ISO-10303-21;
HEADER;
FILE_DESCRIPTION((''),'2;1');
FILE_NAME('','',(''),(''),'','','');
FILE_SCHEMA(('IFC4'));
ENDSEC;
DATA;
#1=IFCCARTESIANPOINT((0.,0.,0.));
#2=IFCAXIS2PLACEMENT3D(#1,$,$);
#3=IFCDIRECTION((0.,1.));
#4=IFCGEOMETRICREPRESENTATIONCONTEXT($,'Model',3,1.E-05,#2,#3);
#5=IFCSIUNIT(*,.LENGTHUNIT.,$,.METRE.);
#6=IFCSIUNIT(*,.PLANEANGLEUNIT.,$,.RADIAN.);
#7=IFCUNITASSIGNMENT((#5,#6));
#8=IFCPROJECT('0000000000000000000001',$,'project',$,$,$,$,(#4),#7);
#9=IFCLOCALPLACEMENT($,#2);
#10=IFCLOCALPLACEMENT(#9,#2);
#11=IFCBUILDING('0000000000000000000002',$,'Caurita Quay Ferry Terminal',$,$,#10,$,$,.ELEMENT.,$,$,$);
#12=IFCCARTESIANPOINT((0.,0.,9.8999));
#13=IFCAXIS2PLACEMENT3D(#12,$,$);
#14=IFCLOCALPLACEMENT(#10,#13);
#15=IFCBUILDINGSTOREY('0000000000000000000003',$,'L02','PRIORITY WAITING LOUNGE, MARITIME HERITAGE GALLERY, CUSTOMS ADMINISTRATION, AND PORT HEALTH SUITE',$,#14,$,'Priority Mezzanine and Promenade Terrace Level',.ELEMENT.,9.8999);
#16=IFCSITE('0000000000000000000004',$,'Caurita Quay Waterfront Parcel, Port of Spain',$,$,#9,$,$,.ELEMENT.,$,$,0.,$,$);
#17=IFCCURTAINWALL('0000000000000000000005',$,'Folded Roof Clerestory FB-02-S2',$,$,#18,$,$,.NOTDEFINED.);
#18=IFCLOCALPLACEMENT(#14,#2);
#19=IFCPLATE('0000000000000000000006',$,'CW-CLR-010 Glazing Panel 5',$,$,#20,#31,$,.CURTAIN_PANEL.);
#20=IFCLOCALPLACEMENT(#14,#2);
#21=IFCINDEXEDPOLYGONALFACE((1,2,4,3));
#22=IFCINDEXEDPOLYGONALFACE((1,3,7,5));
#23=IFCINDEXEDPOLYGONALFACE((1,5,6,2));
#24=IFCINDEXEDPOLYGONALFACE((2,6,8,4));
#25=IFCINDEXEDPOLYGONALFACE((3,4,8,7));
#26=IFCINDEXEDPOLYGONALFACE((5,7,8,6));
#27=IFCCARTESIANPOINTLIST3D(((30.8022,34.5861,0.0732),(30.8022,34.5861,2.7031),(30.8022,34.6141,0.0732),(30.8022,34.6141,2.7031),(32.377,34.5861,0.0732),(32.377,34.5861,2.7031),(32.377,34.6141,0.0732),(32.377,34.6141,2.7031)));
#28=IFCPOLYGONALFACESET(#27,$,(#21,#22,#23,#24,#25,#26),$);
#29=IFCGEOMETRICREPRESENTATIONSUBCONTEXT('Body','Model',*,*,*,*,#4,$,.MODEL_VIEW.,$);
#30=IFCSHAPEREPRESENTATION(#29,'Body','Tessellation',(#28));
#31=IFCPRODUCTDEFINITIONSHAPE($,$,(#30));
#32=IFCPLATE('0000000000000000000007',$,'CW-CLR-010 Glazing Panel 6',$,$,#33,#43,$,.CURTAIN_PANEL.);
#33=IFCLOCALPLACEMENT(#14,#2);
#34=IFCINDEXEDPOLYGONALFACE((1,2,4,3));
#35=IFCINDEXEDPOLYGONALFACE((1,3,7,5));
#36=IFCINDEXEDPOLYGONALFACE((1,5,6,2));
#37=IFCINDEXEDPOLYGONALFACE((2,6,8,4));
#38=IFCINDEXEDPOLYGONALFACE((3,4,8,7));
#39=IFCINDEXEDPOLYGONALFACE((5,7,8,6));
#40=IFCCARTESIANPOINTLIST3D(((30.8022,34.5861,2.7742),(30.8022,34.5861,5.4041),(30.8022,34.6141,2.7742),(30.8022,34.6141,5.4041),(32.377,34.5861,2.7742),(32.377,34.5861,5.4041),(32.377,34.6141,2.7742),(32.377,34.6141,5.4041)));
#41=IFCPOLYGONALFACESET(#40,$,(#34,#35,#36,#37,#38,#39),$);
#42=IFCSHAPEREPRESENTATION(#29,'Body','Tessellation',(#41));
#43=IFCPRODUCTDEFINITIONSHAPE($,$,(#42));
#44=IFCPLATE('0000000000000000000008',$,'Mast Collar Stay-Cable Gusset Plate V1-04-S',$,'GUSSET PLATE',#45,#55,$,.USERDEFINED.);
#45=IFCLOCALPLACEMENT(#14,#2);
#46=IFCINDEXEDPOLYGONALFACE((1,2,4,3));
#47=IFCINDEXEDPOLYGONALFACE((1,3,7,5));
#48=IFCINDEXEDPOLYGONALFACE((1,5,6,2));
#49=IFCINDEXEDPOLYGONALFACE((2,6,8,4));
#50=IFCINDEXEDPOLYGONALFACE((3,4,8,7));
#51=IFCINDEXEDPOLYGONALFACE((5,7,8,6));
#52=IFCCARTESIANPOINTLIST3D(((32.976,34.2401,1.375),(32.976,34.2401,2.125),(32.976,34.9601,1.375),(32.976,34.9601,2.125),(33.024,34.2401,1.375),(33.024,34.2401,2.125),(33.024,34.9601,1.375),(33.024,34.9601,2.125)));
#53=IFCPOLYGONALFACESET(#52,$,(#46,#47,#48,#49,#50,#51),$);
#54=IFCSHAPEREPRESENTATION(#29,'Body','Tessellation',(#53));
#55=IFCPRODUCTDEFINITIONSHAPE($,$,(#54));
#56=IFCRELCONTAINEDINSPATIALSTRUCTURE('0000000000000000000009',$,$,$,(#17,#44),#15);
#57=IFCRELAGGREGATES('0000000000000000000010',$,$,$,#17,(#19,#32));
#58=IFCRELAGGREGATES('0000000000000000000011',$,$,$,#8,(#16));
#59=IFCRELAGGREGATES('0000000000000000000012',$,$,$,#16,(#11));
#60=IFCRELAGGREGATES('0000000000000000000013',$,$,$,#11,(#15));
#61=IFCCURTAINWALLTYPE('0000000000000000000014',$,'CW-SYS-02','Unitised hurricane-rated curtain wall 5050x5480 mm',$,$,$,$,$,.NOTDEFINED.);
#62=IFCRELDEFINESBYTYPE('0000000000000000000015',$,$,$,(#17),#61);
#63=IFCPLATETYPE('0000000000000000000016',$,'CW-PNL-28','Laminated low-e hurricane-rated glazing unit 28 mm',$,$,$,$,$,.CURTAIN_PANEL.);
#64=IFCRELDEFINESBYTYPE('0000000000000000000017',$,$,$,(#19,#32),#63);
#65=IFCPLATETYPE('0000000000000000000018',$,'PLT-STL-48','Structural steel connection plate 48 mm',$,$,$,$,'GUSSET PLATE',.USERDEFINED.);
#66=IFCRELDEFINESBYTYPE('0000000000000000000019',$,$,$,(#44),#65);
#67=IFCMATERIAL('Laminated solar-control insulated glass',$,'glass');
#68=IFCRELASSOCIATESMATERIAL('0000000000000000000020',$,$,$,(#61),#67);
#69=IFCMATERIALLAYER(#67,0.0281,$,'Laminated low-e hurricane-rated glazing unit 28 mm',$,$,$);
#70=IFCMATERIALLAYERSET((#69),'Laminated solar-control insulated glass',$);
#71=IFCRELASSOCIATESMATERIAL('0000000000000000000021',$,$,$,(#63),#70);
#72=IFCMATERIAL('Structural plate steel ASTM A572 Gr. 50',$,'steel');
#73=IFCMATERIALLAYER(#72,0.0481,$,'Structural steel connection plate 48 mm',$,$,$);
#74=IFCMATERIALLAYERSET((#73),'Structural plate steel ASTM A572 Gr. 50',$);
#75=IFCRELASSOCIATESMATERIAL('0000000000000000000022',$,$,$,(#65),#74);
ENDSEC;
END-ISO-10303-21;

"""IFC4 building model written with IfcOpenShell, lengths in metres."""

from ifc_helpers import new_model, si_unit, direction, frame, origin, origin_2d, place, context, subcontext, project, spatial, rectangle, extrude, material, layer, layer_set, type_object, element, aggregate, save


model = new_model("IFC4")

# Units and contexts
model_context = context("Model", 3, precision=1e-05, world=origin(), true_north=direction((0.0, 1.0)))
body_context = subcontext(model_context, "Body", "Model", "MODEL_VIEW")
ifc_project = project(units=[si_unit("LENGTHUNIT", "METRE"), si_unit("PLANEANGLEUNIT", "RADIAN")], contexts=[model_context])

# Site, building, storey
site_placement = place(None, origin())
site = spatial("IfcSite", under=ifc_project, at=site_placement, Name="Caurita Quay Waterfront Parcel, Port of Spain", CompositionType="ELEMENT", RefElevation=0.0)
building_placement = place(site_placement, origin())
building = spatial("IfcBuilding", under=site, at=building_placement, Name="Caurita Quay Ferry Terminal", CompositionType="ELEMENT")
storey_placement = place(building_placement, frame((0.0, 0.0, 9.8999)))
storey = spatial("IfcBuildingStorey", under=building, at=storey_placement, Name="L02", Description="PRIORITY WAITING LOUNGE, MARITIME HERITAGE GALLERY, CUSTOMS ADMINISTRATION, AND PORT HEALTH SUITE", LongName="Priority Mezzanine and Promenade Terrace Level", CompositionType="ELEMENT", Elevation=9.8999)

# Curtain wall
ifc_material_1 = material(Name="Laminated solar-control insulated glass", Category="glass")
curtain_wall_type_1 = type_object("IfcCurtainWallType", Name="CW-SYS-02", Description="Unitised hurricane-rated curtain wall 5050x5480 mm", PredefinedType="NOTDEFINED", material=ifc_material_1)
curtain_wall_1_placement = place(storey_placement, origin())
curtain_wall_1 = element("IfcCurtainWall", 1, at=curtain_wall_1_placement, inside=storey, type_object=curtain_wall_type_1, Name="Folded Roof Clerestory FB-02-S2", PredefinedType="NOTDEFINED")

# Plates
ifc_layer_1 = layer(ifc_material_1, 0.0281, Name="Laminated low-e hurricane-rated glazing unit 28 mm")
ifc_layer_set_1 = layer_set([ifc_layer_1], Name="Laminated solar-control insulated glass")
plate_type_1 = type_object("IfcPlateType", Name="CW-PNL-28", Description="Laminated low-e hurricane-rated glazing unit 28 mm", PredefinedType="CURTAIN_PANEL", material=ifc_layer_set_1)
plate_1_placement = place(storey_placement, frame((31.5896, 34.6001, 0.0732), z_axis=(0.0, 0.0, 1.0), x_axis=(1.0, 0.0, 0.0)))
plate_1 = element("IfcPlate", 2, at=plate_1_placement, type_object=plate_type_1, Name="CW-CLR-010 Glazing Panel 5", PredefinedType="CURTAIN_PANEL", context=body_context, shape_type="SweptSolid", body=[
    extrude(rectangle(XDim=1.5747, YDim=0.0281, at=origin_2d()), origin(), (0.0, 0.0, 1.0), 2.6299),
])
plate_2_placement = place(storey_placement, frame((31.5896, 34.6001, 2.7742), z_axis=(0.0, 0.0, 1.0), x_axis=(1.0, 0.0, 0.0)))
plate_2 = element("IfcPlate", 3, at=plate_2_placement, type_object=plate_type_1, Name="CW-CLR-010 Glazing Panel 6", PredefinedType="CURTAIN_PANEL", context=body_context, shape_type="SweptSolid", body=[
    extrude(rectangle(XDim=1.5747, YDim=0.0281, at=origin_2d()), origin(), (0.0, 0.0, 1.0), 2.6299),
])
aggregate(curtain_wall_1, [plate_1, plate_2])
ifc_material_2 = material(Name="Structural plate steel ASTM A572 Gr. 50", Category="steel")
ifc_layer_2 = layer(ifc_material_2, 0.0481, Name="Structural steel connection plate 48 mm")
ifc_layer_set_2 = layer_set([ifc_layer_2], Name="Structural plate steel ASTM A572 Gr. 50")
plate_type_2 = type_object("IfcPlateType", Name="PLT-STL-48", Description="Structural steel connection plate 48 mm", ElementType="GUSSET PLATE", PredefinedType="USERDEFINED", material=ifc_layer_set_2)
plate_3_placement = place(storey_placement, frame((33.0, 34.6001, 1.375), z_axis=(0.0, 0.0, 1.0), x_axis=(1.0, 0.0, 0.0)))
element("IfcPlate", 4, at=plate_3_placement, inside=storey, type_object=plate_type_2, Name="Mast Collar Stay-Cable Gusset Plate V1-04-S", ObjectType="GUSSET PLATE", PredefinedType="USERDEFINED", context=body_context, shape_type="SweptSolid", body=[
    extrude(rectangle(XDim=0.0481, YDim=0.72, at=origin_2d()), origin(), (0.0, 0.0, 1.0), 0.75),
])

save(model, "model.ifc")
